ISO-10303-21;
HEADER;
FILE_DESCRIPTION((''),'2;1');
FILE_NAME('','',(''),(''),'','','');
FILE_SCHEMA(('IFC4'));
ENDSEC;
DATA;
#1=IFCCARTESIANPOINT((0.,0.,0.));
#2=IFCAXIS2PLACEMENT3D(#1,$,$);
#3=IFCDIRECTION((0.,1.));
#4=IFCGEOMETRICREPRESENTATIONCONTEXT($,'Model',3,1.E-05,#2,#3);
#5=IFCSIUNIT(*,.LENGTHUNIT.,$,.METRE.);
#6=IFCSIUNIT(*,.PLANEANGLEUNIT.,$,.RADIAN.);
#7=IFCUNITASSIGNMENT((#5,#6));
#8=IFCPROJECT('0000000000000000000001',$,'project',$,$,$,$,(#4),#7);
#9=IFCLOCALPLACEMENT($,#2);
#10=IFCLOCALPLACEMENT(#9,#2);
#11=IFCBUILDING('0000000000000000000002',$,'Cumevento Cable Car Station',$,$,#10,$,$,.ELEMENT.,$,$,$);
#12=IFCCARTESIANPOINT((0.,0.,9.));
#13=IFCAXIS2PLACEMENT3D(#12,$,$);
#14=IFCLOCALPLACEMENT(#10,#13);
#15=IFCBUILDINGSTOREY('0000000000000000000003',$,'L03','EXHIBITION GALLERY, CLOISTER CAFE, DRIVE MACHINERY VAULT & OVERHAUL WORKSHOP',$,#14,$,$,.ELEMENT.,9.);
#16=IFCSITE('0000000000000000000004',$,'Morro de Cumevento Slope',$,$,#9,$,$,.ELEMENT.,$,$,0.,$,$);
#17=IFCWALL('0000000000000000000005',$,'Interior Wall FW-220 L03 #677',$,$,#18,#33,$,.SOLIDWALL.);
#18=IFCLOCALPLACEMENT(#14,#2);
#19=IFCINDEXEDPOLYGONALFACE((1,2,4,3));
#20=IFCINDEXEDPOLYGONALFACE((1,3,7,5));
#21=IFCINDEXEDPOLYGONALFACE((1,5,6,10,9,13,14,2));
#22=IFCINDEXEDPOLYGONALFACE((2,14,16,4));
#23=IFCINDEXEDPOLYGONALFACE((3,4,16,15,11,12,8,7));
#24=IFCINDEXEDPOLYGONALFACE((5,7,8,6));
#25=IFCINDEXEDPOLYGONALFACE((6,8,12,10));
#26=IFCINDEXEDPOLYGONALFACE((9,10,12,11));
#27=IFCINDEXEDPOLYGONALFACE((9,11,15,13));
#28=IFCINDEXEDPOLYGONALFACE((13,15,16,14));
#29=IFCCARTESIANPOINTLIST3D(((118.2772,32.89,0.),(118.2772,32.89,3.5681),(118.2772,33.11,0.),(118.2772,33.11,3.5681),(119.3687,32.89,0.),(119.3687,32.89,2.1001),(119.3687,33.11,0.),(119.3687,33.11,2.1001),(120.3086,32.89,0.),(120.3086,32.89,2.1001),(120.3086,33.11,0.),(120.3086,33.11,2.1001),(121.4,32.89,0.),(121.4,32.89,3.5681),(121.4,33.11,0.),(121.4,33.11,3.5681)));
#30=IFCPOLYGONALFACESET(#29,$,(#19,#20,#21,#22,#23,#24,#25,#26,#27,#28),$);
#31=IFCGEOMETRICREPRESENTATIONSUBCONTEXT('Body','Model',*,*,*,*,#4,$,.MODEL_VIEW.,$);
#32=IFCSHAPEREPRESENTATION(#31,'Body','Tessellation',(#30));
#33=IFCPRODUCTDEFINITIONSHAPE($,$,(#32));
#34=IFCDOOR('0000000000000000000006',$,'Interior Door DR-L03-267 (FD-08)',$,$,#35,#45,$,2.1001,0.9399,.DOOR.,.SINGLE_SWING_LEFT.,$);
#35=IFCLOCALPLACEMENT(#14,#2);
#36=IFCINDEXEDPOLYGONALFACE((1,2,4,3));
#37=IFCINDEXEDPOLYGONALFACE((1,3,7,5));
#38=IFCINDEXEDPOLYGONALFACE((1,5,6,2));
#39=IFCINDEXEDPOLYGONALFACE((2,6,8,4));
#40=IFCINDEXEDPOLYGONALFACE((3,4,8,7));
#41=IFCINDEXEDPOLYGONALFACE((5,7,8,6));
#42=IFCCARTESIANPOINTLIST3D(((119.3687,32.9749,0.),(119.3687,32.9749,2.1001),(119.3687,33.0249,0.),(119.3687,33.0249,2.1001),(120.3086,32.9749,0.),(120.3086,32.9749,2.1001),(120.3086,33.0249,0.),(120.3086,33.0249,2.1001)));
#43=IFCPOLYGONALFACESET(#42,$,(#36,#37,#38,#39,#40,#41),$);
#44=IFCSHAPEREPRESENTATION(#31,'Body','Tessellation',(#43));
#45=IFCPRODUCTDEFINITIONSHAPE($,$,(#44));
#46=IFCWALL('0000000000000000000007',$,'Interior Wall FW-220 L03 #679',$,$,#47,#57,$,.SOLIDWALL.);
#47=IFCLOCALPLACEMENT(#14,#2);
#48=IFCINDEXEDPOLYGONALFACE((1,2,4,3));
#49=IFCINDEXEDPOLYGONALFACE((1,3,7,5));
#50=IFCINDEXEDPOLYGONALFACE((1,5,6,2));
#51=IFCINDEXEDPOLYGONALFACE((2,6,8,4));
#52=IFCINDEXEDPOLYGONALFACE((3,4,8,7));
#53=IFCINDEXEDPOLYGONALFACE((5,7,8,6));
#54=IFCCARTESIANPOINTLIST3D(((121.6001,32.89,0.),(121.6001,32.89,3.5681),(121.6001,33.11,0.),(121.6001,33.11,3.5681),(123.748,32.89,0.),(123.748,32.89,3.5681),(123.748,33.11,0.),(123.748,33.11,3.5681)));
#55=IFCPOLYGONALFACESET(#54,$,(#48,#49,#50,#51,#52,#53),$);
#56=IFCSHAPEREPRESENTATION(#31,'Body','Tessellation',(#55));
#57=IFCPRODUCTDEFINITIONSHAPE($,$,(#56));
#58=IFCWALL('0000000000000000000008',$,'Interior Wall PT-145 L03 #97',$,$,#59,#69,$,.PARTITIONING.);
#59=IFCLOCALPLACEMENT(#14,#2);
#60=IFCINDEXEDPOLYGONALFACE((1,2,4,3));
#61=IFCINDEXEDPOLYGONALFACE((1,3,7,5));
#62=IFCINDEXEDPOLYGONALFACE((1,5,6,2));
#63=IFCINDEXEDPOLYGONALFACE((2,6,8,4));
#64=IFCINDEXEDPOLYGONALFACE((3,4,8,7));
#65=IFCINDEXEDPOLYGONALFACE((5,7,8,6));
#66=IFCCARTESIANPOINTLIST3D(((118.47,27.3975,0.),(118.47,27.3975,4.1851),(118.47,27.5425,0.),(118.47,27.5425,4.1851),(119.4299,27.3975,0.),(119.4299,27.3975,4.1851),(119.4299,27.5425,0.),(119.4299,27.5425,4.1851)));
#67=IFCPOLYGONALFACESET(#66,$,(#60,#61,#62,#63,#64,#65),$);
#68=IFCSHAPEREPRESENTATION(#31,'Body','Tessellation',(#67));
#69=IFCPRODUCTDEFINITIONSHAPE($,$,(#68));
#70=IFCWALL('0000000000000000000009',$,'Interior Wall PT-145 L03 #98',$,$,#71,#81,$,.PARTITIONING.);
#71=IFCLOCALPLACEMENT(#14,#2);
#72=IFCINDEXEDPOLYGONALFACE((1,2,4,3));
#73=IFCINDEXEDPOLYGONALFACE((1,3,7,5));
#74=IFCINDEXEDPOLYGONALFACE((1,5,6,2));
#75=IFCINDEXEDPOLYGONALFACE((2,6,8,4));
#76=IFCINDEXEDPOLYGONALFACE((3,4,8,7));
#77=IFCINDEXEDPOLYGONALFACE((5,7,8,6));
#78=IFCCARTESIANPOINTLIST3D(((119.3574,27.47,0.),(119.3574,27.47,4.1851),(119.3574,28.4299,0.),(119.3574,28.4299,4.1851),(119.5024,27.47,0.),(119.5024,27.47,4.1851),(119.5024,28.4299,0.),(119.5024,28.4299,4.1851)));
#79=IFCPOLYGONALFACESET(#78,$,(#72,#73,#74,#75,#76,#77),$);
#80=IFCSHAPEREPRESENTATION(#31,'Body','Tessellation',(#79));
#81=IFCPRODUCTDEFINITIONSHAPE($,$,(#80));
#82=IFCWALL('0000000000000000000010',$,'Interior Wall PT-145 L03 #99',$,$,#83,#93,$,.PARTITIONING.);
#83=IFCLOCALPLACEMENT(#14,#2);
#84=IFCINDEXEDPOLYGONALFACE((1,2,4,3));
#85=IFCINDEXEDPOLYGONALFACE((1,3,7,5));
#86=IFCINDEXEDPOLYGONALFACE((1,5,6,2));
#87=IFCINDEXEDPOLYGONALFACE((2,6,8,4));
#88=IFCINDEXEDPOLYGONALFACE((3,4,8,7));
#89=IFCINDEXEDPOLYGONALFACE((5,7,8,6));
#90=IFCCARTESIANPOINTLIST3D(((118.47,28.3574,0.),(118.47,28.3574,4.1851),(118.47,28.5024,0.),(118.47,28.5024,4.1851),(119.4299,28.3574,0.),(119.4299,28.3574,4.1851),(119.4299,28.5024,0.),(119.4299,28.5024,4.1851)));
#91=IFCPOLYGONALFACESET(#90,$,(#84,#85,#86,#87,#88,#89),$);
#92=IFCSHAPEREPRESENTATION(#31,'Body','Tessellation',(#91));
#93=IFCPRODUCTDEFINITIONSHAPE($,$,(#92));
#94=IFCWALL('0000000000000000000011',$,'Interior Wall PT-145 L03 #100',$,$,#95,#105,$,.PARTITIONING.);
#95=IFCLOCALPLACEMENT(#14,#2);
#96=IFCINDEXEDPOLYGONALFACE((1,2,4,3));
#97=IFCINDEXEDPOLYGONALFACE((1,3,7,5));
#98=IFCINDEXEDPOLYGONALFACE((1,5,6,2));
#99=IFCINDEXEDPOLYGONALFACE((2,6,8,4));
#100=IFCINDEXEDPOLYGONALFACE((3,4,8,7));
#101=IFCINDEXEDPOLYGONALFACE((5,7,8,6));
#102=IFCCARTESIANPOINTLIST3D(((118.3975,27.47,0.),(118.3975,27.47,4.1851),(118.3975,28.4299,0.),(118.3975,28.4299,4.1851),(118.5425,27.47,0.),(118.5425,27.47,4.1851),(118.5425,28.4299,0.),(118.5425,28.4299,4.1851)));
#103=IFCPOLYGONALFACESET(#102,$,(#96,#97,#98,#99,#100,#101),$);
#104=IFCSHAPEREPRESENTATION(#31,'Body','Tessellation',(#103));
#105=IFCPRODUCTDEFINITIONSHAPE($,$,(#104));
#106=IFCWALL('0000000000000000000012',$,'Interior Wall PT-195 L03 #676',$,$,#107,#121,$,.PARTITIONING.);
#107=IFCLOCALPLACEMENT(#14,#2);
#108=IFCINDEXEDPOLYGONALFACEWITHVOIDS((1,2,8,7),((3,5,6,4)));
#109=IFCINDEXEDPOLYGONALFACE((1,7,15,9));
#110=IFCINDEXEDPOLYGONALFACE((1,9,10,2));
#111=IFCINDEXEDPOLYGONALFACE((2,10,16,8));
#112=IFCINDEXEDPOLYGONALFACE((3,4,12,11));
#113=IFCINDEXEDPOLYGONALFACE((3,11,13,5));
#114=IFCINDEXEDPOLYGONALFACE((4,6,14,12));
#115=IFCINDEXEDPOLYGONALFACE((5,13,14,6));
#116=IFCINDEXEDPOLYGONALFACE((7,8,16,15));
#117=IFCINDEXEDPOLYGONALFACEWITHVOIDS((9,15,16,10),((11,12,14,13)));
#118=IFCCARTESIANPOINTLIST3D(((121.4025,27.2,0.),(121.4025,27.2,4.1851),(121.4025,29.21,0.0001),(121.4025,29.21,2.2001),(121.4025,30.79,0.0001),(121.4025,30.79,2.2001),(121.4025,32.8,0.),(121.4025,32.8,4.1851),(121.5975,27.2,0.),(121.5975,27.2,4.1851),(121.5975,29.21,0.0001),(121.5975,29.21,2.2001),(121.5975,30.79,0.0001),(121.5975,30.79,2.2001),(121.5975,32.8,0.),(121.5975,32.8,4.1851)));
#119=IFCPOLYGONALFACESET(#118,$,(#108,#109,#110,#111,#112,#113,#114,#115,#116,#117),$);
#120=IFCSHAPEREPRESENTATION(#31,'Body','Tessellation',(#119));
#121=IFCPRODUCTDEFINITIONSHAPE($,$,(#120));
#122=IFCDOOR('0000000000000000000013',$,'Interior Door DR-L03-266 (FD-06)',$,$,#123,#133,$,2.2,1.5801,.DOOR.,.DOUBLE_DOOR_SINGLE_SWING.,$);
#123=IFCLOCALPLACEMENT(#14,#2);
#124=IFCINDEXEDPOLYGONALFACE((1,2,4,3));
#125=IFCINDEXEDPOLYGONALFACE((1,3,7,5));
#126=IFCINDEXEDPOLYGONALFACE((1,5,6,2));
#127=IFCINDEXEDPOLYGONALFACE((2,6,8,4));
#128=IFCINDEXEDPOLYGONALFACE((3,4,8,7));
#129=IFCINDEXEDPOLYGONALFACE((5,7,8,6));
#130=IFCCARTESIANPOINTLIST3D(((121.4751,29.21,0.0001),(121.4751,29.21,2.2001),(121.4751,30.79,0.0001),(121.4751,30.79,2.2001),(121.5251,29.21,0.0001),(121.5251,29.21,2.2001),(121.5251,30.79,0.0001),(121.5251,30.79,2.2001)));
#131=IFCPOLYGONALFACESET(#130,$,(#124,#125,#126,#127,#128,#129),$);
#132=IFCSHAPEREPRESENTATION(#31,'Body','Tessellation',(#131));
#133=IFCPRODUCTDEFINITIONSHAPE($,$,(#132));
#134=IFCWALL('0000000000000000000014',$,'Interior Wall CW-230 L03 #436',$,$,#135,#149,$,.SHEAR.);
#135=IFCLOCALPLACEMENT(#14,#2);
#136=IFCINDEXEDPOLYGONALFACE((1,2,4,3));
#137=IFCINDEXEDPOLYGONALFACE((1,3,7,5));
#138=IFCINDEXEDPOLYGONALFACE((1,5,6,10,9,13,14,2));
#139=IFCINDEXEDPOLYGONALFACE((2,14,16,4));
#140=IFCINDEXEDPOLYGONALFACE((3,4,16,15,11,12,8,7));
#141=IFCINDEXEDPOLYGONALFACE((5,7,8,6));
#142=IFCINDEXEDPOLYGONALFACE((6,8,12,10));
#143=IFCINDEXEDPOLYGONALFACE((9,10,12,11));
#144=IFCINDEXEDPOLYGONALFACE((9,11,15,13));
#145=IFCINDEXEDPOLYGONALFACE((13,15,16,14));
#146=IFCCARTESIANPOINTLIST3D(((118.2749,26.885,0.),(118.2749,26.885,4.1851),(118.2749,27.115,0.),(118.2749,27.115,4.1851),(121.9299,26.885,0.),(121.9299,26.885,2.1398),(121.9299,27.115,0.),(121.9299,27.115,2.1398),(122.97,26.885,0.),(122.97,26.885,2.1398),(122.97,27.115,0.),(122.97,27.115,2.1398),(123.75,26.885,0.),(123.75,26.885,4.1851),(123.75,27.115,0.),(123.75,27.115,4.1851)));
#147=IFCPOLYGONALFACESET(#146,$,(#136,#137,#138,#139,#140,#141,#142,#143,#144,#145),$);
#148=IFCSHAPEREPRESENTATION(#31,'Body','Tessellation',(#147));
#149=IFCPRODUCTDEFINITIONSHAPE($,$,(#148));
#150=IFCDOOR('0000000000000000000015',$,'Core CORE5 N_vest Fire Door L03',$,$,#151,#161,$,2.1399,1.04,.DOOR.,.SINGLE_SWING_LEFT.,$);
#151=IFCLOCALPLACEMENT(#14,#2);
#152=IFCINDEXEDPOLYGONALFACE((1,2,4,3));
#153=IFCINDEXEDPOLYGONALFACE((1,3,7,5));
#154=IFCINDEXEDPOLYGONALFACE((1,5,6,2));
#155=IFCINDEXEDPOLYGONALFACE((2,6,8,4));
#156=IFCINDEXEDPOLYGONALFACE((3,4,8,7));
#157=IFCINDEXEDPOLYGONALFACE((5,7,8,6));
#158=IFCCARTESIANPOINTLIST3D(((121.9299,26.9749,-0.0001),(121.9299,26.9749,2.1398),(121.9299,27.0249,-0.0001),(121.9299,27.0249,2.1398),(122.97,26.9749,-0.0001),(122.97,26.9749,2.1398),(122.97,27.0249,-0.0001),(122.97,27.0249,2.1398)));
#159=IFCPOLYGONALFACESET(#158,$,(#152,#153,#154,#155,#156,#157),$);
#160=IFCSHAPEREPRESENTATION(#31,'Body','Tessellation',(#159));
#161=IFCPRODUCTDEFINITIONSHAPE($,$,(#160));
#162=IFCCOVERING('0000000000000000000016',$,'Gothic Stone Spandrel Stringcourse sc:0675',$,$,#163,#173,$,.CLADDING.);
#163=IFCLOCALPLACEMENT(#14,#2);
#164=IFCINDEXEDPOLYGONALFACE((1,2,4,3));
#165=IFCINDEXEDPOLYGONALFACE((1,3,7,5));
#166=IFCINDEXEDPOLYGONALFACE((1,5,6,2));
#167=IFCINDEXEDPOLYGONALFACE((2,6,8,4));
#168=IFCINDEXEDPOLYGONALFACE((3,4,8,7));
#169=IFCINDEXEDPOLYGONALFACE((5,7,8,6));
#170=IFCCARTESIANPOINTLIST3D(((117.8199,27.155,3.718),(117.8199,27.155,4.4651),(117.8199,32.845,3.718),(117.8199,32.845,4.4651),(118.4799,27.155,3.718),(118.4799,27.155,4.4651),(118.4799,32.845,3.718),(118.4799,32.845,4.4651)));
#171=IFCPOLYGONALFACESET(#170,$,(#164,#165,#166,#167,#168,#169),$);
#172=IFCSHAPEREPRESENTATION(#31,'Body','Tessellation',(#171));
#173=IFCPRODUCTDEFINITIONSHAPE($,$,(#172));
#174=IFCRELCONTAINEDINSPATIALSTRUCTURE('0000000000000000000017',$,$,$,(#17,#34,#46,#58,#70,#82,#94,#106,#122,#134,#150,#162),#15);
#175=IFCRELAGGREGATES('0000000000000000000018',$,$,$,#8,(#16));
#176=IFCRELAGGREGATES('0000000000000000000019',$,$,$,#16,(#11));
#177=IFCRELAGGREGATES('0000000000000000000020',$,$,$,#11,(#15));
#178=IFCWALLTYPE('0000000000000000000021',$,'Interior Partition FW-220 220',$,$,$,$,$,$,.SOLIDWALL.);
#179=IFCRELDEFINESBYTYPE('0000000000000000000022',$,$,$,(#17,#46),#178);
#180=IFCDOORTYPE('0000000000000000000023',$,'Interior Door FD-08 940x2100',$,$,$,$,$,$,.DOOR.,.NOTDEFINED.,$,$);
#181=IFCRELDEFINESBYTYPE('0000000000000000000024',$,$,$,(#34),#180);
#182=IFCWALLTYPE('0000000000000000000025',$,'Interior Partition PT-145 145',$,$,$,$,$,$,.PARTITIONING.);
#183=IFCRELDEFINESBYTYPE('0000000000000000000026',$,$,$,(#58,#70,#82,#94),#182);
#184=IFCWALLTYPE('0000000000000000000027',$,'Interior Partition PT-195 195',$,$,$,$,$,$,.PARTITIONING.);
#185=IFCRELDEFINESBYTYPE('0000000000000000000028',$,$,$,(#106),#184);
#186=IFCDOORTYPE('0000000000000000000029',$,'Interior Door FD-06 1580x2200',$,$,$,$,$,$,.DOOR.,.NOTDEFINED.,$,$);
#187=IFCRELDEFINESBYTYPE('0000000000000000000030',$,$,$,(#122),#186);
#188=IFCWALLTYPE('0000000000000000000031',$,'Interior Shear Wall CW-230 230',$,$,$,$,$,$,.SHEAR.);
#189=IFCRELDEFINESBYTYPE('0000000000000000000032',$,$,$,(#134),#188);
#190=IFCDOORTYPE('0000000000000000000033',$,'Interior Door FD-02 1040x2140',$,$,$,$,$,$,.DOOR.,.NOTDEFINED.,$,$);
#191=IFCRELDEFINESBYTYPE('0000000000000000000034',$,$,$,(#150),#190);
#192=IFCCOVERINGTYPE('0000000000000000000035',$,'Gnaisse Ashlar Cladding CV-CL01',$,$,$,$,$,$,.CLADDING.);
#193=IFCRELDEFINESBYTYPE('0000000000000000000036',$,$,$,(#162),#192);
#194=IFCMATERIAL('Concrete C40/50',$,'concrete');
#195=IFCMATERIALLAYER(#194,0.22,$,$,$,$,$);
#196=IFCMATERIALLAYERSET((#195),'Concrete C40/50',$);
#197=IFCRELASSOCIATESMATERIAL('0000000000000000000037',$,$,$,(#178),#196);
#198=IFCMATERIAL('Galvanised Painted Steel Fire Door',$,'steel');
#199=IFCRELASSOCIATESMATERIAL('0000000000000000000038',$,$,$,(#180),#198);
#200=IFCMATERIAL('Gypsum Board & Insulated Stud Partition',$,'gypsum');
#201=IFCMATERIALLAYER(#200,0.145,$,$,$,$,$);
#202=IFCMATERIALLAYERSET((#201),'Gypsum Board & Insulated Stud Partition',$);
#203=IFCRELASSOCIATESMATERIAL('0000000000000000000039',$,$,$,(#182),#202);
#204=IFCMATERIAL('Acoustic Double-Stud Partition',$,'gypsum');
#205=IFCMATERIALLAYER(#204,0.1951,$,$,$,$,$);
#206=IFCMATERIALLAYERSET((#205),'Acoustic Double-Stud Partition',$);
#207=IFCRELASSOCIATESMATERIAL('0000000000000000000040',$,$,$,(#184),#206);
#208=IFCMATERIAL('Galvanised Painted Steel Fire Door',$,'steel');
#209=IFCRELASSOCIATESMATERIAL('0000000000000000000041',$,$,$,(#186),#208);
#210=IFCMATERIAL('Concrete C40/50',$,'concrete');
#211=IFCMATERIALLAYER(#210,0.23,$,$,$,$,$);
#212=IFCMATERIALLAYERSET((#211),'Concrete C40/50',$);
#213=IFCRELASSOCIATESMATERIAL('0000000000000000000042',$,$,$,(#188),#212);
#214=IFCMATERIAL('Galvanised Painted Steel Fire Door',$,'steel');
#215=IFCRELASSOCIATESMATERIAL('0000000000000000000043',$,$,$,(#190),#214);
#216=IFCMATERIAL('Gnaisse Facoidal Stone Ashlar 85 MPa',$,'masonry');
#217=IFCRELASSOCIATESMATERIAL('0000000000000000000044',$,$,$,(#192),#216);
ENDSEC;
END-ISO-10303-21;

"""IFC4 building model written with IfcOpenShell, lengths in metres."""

from ifc_helpers import new_model, si_unit, direction, frame, frame_2d, origin, origin_2d, place, context, subcontext, project, spatial, rectangle, extrude, material, layer, layer_set, type_object, element, fill, save


model = new_model("IFC4")

# Units and contexts
model_context = context("Model", 3, precision=1e-05, world=origin(), true_north=direction((0.0, 1.0)))
body_context = subcontext(model_context, "Body", "Model", "MODEL_VIEW")
ifc_project = project(units=[si_unit("LENGTHUNIT", "METRE"), si_unit("PLANEANGLEUNIT", "RADIAN")], contexts=[model_context])

# Site, building, storey
site_placement = place(None, origin())
site = spatial("IfcSite", under=ifc_project, at=site_placement, Name="Morro de Cumevento Slope", CompositionType="ELEMENT", RefElevation=0.0)
building_placement = place(site_placement, origin())
building = spatial("IfcBuilding", under=site, at=building_placement, Name="Cumevento Cable Car Station", CompositionType="ELEMENT")
storey_placement = place(building_placement, frame((0.0, 0.0, 9.0)))
storey = spatial("IfcBuildingStorey", under=building, at=storey_placement, Name="L03", Description="EXHIBITION GALLERY, CLOISTER CAFE, DRIVE MACHINERY VAULT & OVERHAUL WORKSHOP", CompositionType="ELEMENT", Elevation=9.0)

# Wall, opening, door
ifc_material_1 = material(Name="Concrete C40/50", Category="concrete")
ifc_layer_1 = layer(ifc_material_1, 0.22)
ifc_layer_set_1 = layer_set([ifc_layer_1], Name="Concrete C40/50")
wall_type_1 = type_object("IfcWallType", Name="Interior Partition FW-220 220", PredefinedType="SOLIDWALL", material=ifc_layer_set_1)
wall_1_placement = place(storey_placement, frame((118.2771, 33.0, 0.0), z_axis=(0.0, 0.0, 1.0), x_axis=(1.0, 0.0, 0.0)))
wall_1 = element("IfcWall", 1, at=wall_1_placement, inside=storey, type_object=wall_type_1, Name="Interior Wall FW-220 L03 #677", PredefinedType="SOLIDWALL", context=body_context, shape_type="SweptSolid", body=[
    extrude(rectangle(XDim=3.1228, YDim=0.22, at=frame_2d((1.5615, 0.0))), origin(), (0.0, 0.0, 1.0), 3.5681),
])
opening_1_placement = place(wall_1_placement, frame((1.0916, 0.0, 0.0)))
opening_1 = element("IfcOpeningElement", 2, at=opening_1_placement, cuts=wall_1, PredefinedType="OPENING", context=body_context, shape_type="SweptSolid", body=[
    extrude(rectangle(XDim=0.9399, YDim=2.1001, at=frame_2d((0.47, 1.05))), frame((0.0, 0.1199, 0.0), z_axis=(0.0, -1.0, 0.0), x_axis=(1.0, 0.0, 0.0)), (0.0, 0.0, 1.0), 0.24),
])
ifc_material_2 = material(Name="Galvanised Painted Steel Fire Door", Category="steel")
door_type_1 = type_object("IfcDoorType", Name="Interior Door FD-08 940x2100", OperationType="NOTDEFINED", PredefinedType="DOOR", material=ifc_material_2)
door_1_placement = place(opening_1_placement, origin())
door_1 = element("IfcDoor", 3, at=door_1_placement, inside=storey, type_object=door_type_1, Name="Interior Door DR-L03-267 (FD-08)", OperationType="SINGLE_SWING_LEFT", OverallHeight=2.1001, OverallWidth=0.9399, PredefinedType="DOOR", context=body_context, shape_type="SweptSolid", body=[
    extrude(rectangle(XDim=0.9399, YDim=2.1001, at=frame_2d((0.47, 1.05))), frame((0.0, 0.0249, 0.0), z_axis=(0.0, -1.0, 0.0), x_axis=(1.0, 0.0, 0.0)), (0.0, 0.0, 1.0), 0.05),
])
fill(opening_1, door_1)

# Walls
wall_2_placement = place(storey_placement, frame((121.6001, 33.0, 0.0), z_axis=(0.0, 0.0, 1.0), x_axis=(1.0, 0.0, 0.0)))
element("IfcWall", 4, at=wall_2_placement, inside=storey, type_object=wall_type_1, Name="Interior Wall FW-220 L03 #679", PredefinedType="SOLIDWALL", context=body_context, shape_type="SweptSolid", body=[
    extrude(rectangle(XDim=2.1479, YDim=0.22, at=frame_2d((1.074, 0.0))), origin(), (0.0, 0.0, 1.0), 3.5681),
])
ifc_material_3 = material(Name="Gypsum Board & Insulated Stud Partition", Category="gypsum")
ifc_layer_2 = layer(ifc_material_3, 0.145)
ifc_layer_set_2 = layer_set([ifc_layer_2], Name="Gypsum Board & Insulated Stud Partition")
wall_type_2 = type_object("IfcWallType", Name="Interior Partition PT-145 145", PredefinedType="PARTITIONING", material=ifc_layer_set_2)
for number, where, z_axis, x_axis, name in (
    (5, (118.47, 27.47, 0.0), (0.0, 0.0, 1.0), (1.0, 0.0, 0.0), "Interior Wall PT-145 L03 #97"),
    (6, (119.4299, 27.47, 0.0), (0.0, 0.0, 1.0), (0.0, 1.0, 0.0), "Interior Wall PT-145 L03 #98"),
    (7, (119.4299, 28.4299, 0.0), (0.0, 0.0, 1.0), (-1.0, 0.0, 0.0), "Interior Wall PT-145 L03 #99"),
    (8, (118.47, 28.4299, 0.0), (0.0, 0.0, 1.0), (0.0, -1.0, 0.0), "Interior Wall PT-145 L03 #100"),
):
    element("IfcWall", number, at=place(storey_placement, frame(where, z_axis=z_axis, x_axis=x_axis)), inside=storey, type_object=wall_type_2, Name=name, PredefinedType="PARTITIONING", context=body_context, shape_type="SweptSolid", body=[
        extrude(rectangle(XDim=0.96, YDim=0.145, at=frame_2d((0.48, 0.0))), origin(), (0.0, 0.0, 1.0), 4.1851),
    ])

# Walls, openings, doors
ifc_material_4 = material(Name="Acoustic Double-Stud Partition", Category="gypsum")
ifc_layer_3 = layer(ifc_material_4, 0.1951)
ifc_layer_set_3 = layer_set([ifc_layer_3], Name="Acoustic Double-Stud Partition")
wall_type_3 = type_object("IfcWallType", Name="Interior Partition PT-195 195", PredefinedType="PARTITIONING", material=ifc_layer_set_3)
wall_3_placement = place(storey_placement, frame((121.5, 27.2, 0.0), z_axis=(0.0, 0.0, 1.0), x_axis=(0.0, 1.0, 0.0)))
wall_3 = element("IfcWall", 9, at=wall_3_placement, inside=storey, type_object=wall_type_3, Name="Interior Wall PT-195 L03 #676", PredefinedType="PARTITIONING", context=body_context, shape_type="SweptSolid", body=[
    extrude(rectangle(XDim=5.6001, YDim=0.1951, at=frame_2d((2.8, 0.0))), origin(), (0.0, 0.0, 1.0), 4.1851),
])
opening_2_placement = place(wall_3_placement, frame((2.01, 0.0, 0.0)))
opening_2 = element("IfcOpeningElement", 10, at=opening_2_placement, cuts=wall_3, PredefinedType="OPENING", context=body_context, shape_type="SweptSolid", body=[
    extrude(rectangle(XDim=1.5801, YDim=2.2, at=frame_2d((0.79, 1.1001))), frame((0.0, 0.1077, 0.0), z_axis=(0.0, -1.0, 0.0), x_axis=(1.0, 0.0, 0.0)), (0.0, 0.0, 1.0), 0.2151),
])
ifc_material_5 = material(Name="Galvanised Painted Steel Fire Door", Category="steel")
door_type_2 = type_object("IfcDoorType", Name="Interior Door FD-06 1580x2200", OperationType="NOTDEFINED", PredefinedType="DOOR", material=ifc_material_5)
door_2_placement = place(opening_2_placement, origin())
door_2 = element("IfcDoor", 11, at=door_2_placement, inside=storey, type_object=door_type_2, Name="Interior Door DR-L03-266 (FD-06)", OperationType="DOUBLE_DOOR_SINGLE_SWING", OverallHeight=2.2, OverallWidth=1.5801, PredefinedType="DOOR", context=body_context, shape_type="SweptSolid", body=[
    extrude(rectangle(XDim=1.5801, YDim=2.2, at=frame_2d((0.79, 1.1001))), frame((0.0, 0.0249, 0.0), z_axis=(0.0, -1.0, 0.0), x_axis=(1.0, 0.0, 0.0)), (0.0, 0.0, 1.0), 0.05),
])
fill(opening_2, door_2)
ifc_material_6 = material(Name="Concrete C40/50", Category="concrete")
ifc_layer_4 = layer(ifc_material_6, 0.23)
ifc_layer_set_4 = layer_set([ifc_layer_4], Name="Concrete C40/50")
wall_type_4 = type_object("IfcWallType", Name="Interior Shear Wall CW-230 230", PredefinedType="SHEAR", material=ifc_layer_set_4)
wall_4_placement = place(storey_placement, frame((118.2749, 27.0, 0.0), z_axis=(0.0, 0.0, 1.0), x_axis=(1.0, 0.0, 0.0)))
wall_4 = element("IfcWall", 12, at=wall_4_placement, inside=storey, type_object=wall_type_4, Name="Interior Wall CW-230 L03 #436", PredefinedType="SHEAR", context=body_context, shape_type="SweptSolid", body=[
    extrude(rectangle(XDim=5.4751, YDim=0.23, at=frame_2d((2.7375, 0.0))), origin(), (0.0, 0.0, 1.0), 4.1851),
])
opening_3_placement = place(wall_4_placement, frame((3.655, 0.0, 0.0)))
opening_3 = element("IfcOpeningElement", 13, at=opening_3_placement, cuts=wall_4, PredefinedType="OPENING", context=body_context, shape_type="SweptSolid", body=[
    extrude(rectangle(XDim=1.04, YDim=2.1399, at=frame_2d((0.52, 1.0698))), frame((0.0, 0.125, 0.0), z_axis=(0.0, -1.0, 0.0), x_axis=(1.0, 0.0, 0.0)), (0.0, 0.0, 1.0), 0.25),
])
ifc_material_7 = material(Name="Galvanised Painted Steel Fire Door", Category="steel")
door_type_3 = type_object("IfcDoorType", Name="Interior Door FD-02 1040x2140", OperationType="NOTDEFINED", PredefinedType="DOOR", material=ifc_material_7)
door_3_placement = place(opening_3_placement, origin())
door_3 = element("IfcDoor", 14, at=door_3_placement, inside=storey, type_object=door_type_3, Name="Core CORE5 N_vest Fire Door L03", OperationType="SINGLE_SWING_LEFT", OverallHeight=2.1399, OverallWidth=1.04, PredefinedType="DOOR", context=body_context, shape_type="SweptSolid", body=[
    extrude(rectangle(XDim=1.04, YDim=2.1399, at=frame_2d((0.52, 1.0698))), frame((0.0, 0.0249, 0.0), z_axis=(0.0, -1.0, 0.0), x_axis=(1.0, 0.0, 0.0)), (0.0, 0.0, 1.0), 0.05),
])
fill(opening_3, door_3)

# Covering
ifc_material_8 = material(Name="Gnaisse Facoidal Stone Ashlar 85 MPa", Category="masonry")
covering_type = type_object("IfcCoveringType", Name="Gnaisse Ashlar Cladding CV-CL01", PredefinedType="CLADDING", material=ifc_material_8)
covering_placement = place(storey_placement, frame((118.1499, 30.0, 3.718), z_axis=(0.0, 0.0, 1.0), x_axis=(0.0, 1.0, 0.0)))
element("IfcCovering", 15, at=covering_placement, inside=storey, type_object=covering_type, Name="Gothic Stone Spandrel Stringcourse sc:0675", PredefinedType="CLADDING", context=body_context, shape_type="SweptSolid", body=[
    extrude(rectangle(XDim=5.6899, YDim=0.6599, at=origin_2d()), origin(), (0.0, 0.0, 1.0), 0.7471),
])

save(model, "model.ifc")
